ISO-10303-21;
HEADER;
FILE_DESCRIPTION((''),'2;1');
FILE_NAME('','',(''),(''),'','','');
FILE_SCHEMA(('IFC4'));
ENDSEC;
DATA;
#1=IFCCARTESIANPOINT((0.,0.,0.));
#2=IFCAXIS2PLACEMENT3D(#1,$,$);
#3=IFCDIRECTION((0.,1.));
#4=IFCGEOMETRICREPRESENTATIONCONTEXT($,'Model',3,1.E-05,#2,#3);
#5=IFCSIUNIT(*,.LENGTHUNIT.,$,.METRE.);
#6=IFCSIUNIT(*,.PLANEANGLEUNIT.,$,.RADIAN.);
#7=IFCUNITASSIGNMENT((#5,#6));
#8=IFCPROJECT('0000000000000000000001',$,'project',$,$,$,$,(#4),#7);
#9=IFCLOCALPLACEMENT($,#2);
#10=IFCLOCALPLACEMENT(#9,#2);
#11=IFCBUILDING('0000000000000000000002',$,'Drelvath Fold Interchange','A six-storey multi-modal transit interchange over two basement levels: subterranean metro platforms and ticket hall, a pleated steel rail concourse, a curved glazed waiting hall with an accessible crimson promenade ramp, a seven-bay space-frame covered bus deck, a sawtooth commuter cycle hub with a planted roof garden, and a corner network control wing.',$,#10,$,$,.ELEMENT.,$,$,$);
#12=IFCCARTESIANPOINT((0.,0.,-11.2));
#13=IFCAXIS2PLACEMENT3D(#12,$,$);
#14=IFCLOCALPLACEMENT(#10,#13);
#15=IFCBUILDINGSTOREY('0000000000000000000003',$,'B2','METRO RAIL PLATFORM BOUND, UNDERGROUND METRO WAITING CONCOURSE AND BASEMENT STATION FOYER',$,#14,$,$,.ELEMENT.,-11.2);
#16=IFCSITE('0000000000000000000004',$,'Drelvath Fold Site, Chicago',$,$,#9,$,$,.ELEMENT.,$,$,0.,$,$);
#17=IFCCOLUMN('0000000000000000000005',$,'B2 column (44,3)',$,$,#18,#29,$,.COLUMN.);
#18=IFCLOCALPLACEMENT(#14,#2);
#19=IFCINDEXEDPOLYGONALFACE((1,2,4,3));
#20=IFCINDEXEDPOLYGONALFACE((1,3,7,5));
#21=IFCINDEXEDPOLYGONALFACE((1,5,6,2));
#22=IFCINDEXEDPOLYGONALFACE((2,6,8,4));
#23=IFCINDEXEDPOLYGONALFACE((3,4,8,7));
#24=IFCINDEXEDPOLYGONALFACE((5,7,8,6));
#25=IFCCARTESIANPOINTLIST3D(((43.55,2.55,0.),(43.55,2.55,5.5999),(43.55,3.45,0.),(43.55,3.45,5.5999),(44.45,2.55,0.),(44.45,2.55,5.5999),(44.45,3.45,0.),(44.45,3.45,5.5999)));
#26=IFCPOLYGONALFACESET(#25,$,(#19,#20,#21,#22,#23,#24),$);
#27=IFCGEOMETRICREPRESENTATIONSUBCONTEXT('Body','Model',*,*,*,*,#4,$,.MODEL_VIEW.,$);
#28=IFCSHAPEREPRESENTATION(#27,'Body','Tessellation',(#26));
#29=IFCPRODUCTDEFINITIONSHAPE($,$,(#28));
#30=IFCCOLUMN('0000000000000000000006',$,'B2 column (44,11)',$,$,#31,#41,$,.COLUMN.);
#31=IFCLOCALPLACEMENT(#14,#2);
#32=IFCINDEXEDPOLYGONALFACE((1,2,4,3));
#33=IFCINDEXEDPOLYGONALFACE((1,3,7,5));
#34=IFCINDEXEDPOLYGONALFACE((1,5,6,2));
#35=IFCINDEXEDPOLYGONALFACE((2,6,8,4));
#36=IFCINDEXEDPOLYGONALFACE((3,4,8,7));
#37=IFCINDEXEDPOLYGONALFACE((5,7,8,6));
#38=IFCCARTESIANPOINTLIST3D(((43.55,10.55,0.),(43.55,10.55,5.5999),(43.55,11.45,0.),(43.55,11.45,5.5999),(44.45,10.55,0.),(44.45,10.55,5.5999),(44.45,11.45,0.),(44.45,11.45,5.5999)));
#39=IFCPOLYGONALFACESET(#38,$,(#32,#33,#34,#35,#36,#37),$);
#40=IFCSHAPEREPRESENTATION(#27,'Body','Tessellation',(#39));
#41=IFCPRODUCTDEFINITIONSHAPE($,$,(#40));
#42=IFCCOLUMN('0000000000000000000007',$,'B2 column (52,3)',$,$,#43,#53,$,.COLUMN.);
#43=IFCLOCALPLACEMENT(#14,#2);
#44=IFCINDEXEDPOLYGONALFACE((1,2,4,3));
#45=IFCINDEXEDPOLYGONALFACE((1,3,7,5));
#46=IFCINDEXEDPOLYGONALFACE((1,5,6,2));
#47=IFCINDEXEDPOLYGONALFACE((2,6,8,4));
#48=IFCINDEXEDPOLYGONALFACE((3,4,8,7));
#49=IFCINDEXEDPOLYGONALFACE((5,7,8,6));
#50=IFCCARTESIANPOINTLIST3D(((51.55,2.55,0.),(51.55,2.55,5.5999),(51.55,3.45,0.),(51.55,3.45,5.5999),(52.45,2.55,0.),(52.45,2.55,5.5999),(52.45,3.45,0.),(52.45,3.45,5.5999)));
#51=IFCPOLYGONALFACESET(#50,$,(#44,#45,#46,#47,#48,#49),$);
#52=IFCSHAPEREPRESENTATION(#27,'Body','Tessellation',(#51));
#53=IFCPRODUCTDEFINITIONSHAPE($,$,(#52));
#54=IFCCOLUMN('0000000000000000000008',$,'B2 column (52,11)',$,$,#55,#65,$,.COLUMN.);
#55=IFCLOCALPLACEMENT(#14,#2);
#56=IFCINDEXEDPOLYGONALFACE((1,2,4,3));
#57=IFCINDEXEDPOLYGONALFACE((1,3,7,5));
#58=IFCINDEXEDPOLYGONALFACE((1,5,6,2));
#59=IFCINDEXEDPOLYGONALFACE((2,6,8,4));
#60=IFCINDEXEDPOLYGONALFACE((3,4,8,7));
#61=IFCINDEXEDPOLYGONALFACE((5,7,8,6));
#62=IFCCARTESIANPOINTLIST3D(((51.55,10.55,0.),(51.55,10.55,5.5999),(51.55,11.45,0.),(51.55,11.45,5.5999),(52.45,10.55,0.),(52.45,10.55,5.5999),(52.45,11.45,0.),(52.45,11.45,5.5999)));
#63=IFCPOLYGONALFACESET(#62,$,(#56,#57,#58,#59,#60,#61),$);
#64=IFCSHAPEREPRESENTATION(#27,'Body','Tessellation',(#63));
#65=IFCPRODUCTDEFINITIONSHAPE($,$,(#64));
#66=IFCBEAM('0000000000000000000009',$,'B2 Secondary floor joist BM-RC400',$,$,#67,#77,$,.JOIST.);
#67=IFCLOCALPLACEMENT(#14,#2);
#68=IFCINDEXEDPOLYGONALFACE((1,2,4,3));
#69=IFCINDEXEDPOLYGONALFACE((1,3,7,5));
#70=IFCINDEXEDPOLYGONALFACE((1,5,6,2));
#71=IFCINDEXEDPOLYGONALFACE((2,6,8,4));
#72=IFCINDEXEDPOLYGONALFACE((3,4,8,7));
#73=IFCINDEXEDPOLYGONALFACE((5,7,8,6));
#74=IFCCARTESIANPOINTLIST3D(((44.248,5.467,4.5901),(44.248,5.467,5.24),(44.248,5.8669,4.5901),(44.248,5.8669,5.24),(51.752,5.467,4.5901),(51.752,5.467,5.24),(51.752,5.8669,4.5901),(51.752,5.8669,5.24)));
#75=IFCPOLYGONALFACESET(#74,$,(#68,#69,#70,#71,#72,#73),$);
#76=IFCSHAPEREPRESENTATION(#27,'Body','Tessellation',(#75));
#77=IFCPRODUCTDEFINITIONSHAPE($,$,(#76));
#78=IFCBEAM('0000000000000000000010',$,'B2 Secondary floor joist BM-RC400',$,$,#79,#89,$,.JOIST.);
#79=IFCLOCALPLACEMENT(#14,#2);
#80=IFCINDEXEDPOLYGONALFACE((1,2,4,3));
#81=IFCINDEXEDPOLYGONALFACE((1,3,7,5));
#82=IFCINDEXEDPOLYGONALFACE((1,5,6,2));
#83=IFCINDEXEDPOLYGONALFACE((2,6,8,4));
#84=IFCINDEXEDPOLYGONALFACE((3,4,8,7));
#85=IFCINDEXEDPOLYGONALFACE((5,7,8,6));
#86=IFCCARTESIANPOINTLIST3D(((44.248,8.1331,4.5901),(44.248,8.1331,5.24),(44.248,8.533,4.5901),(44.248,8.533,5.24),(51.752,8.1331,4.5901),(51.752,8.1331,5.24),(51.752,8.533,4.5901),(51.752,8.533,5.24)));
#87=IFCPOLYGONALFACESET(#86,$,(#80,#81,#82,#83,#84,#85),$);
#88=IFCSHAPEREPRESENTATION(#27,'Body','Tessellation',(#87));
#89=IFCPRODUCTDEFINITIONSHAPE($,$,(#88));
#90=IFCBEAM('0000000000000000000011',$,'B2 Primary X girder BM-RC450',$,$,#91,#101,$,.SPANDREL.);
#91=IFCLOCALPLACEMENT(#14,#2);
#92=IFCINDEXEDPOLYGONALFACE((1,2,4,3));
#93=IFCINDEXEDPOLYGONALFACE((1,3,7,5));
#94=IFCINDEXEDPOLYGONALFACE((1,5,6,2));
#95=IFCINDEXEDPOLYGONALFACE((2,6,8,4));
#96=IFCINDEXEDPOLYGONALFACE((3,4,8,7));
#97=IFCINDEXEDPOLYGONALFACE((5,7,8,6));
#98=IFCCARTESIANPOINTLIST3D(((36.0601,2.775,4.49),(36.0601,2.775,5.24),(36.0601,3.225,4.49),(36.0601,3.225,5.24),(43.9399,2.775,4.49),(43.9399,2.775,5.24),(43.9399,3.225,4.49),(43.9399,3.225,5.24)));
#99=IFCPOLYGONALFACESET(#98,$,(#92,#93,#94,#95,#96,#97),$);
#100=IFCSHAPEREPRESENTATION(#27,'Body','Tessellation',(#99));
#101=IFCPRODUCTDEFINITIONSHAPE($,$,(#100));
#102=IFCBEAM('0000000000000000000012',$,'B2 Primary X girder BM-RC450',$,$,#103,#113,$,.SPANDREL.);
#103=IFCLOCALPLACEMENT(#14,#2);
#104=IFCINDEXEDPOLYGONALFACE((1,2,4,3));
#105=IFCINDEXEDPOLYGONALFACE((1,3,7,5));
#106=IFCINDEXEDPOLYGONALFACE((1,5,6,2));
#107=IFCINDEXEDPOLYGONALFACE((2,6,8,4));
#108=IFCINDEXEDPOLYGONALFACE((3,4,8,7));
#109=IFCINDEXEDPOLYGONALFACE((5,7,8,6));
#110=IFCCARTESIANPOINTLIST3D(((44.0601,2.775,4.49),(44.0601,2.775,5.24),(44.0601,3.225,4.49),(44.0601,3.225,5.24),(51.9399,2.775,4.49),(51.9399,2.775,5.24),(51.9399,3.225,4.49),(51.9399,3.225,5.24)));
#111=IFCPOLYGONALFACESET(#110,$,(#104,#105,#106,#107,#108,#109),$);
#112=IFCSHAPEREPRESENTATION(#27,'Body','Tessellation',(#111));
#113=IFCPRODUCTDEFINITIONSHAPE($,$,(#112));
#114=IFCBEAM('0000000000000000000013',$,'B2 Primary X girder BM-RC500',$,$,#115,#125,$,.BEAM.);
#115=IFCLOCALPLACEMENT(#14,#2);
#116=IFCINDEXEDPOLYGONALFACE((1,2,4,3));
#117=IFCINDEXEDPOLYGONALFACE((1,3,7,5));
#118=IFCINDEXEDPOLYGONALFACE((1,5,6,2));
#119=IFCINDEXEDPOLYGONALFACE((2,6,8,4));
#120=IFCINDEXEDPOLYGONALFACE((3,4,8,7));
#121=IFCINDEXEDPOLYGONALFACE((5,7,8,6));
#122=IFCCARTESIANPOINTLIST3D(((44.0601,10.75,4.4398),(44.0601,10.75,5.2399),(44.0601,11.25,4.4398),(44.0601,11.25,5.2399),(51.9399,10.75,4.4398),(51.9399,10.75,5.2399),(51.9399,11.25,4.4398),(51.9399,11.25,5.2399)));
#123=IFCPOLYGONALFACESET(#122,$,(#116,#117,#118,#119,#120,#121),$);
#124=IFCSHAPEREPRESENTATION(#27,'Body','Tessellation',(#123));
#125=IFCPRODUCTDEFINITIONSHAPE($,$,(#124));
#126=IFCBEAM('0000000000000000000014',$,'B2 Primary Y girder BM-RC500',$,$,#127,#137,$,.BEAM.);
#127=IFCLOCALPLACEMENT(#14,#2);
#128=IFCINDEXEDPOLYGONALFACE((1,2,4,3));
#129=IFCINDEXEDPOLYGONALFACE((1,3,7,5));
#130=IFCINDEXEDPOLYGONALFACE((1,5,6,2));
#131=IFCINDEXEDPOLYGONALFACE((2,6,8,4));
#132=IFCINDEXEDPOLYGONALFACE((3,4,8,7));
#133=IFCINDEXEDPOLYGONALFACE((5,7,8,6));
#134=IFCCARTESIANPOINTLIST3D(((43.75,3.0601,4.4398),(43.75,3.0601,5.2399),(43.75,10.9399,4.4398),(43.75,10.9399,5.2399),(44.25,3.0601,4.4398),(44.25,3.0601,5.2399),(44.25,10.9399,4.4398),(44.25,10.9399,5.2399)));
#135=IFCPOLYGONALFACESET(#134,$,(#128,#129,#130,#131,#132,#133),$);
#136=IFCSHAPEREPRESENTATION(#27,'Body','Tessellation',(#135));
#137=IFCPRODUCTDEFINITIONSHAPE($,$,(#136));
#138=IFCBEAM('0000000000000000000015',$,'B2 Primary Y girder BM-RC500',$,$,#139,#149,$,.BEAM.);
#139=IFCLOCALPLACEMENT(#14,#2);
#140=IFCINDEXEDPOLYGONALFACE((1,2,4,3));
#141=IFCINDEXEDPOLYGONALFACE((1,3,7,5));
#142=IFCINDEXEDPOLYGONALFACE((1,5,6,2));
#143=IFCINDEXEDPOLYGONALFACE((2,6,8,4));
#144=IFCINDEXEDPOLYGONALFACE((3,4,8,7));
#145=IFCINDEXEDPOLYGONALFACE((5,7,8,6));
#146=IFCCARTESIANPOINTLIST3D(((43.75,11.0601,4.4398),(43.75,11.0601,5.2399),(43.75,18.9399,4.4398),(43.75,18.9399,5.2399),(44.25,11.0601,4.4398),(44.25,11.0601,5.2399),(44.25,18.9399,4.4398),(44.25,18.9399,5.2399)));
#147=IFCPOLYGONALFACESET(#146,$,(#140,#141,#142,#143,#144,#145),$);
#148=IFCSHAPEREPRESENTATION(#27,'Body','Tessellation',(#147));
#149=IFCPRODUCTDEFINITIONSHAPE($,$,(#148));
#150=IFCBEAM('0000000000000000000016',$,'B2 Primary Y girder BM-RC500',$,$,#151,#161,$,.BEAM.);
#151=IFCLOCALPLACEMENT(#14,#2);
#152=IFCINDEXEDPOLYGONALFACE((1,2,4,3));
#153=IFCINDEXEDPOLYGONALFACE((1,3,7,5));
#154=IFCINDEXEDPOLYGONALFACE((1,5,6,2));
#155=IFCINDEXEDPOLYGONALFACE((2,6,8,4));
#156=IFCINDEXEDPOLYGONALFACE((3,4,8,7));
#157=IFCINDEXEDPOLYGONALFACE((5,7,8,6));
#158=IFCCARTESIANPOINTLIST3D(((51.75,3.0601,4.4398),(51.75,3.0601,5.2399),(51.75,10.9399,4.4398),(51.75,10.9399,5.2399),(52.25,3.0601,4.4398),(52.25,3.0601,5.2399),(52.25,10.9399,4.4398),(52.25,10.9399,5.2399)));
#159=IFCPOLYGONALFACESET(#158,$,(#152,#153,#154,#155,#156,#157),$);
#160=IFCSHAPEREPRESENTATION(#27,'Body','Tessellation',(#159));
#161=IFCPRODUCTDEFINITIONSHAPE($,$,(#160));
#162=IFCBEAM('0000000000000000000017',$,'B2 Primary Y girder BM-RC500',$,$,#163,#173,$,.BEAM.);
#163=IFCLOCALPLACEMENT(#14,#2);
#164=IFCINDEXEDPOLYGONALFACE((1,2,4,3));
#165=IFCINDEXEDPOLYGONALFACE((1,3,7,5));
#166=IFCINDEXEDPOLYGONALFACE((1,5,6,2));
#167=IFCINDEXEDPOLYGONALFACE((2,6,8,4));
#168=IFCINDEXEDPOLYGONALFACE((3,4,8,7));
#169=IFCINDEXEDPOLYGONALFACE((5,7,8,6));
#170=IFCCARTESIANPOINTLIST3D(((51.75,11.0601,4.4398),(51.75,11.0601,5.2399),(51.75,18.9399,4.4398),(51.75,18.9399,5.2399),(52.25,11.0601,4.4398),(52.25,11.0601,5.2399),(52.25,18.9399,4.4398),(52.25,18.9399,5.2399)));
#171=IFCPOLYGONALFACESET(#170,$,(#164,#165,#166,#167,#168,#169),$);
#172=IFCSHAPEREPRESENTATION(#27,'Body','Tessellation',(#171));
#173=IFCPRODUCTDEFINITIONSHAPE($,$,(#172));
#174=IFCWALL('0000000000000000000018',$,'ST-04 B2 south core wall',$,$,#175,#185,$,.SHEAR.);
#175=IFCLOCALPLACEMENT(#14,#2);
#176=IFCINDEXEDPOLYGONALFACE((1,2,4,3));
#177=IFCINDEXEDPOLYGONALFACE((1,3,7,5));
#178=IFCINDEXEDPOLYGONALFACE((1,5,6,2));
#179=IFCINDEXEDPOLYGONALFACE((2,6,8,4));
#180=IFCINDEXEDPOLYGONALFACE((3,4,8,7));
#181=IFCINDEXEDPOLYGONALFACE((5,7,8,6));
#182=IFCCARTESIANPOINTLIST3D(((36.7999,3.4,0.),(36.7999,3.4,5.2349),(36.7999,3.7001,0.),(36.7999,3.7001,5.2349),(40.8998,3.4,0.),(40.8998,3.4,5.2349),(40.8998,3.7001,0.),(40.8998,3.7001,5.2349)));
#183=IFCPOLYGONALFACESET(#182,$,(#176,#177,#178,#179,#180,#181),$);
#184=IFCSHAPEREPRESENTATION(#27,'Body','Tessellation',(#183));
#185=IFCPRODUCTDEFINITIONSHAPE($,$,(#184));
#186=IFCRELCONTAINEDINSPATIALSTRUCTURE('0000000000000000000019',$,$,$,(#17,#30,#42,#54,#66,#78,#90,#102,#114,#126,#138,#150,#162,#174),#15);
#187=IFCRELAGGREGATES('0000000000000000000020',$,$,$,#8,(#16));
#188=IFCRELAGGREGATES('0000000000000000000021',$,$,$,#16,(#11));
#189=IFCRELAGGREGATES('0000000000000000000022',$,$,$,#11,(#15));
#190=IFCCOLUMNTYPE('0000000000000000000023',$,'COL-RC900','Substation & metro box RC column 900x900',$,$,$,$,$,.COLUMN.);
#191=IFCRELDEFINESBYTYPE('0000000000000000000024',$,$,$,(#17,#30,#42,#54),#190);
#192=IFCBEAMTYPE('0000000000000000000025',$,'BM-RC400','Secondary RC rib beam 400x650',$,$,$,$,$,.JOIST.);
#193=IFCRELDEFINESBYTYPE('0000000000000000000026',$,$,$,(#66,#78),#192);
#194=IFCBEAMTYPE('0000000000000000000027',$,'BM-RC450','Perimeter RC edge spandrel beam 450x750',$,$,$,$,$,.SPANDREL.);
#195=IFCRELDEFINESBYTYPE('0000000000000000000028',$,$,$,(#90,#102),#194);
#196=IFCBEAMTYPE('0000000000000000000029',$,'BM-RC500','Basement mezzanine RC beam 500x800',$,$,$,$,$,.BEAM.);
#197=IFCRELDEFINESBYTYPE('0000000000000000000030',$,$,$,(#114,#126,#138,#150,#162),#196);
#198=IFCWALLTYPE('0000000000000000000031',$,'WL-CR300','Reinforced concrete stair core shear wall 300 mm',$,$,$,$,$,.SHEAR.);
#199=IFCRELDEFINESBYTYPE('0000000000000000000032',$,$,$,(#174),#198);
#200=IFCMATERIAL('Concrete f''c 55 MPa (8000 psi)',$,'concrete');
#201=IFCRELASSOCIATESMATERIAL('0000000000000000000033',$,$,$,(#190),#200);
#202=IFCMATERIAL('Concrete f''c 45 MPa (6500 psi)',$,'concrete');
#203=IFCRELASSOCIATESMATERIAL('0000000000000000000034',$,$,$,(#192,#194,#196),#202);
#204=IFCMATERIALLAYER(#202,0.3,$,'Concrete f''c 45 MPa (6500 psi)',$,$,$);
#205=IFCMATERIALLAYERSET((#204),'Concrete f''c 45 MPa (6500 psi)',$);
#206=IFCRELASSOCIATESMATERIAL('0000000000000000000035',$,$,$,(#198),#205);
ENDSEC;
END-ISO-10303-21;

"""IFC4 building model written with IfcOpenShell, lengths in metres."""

from ifc_helpers import new_model, si_unit, direction, frame, frame_2d, origin, origin_2d, place, context, subcontext, project, spatial, rectangle, extrude, material, layer, layer_set, material_profile, profile_set, type_object, element, save


model = new_model("IFC4")

# Units and contexts
model_context = context("Model", 3, precision=1e-05, world=origin(), true_north=direction((0.0, 1.0)))
body_context = subcontext(model_context, "Body", "Model", "MODEL_VIEW")
ifc_project = project(units=[si_unit("LENGTHUNIT", "METRE"), si_unit("PLANEANGLEUNIT", "RADIAN")], contexts=[model_context])

# Site, building, storey
site_placement = place(None, origin())
site = spatial("IfcSite", under=ifc_project, at=site_placement, Name="Drelvath Fold Site, Chicago", CompositionType="ELEMENT", RefElevation=0.0)
building_placement = place(site_placement, origin())
building = spatial("IfcBuilding", under=site, at=building_placement, Name="Drelvath Fold Interchange", Description="A six-storey multi-modal transit interchange over two basement levels: subterranean metro platforms and ticket hall, a pleated steel rail concourse, a curved glazed waiting hall with an accessible crimson promenade ramp, a seven-bay space-frame covered bus deck, a sawtooth commuter cycle hub with a planted roof garden, and a corner network control wing.", CompositionType="ELEMENT")
storey_placement = place(building_placement, frame((0.0, 0.0, -11.2)))
storey = spatial("IfcBuildingStorey", under=building, at=storey_placement, Name="B2", Description="METRO RAIL PLATFORM BOUND, UNDERGROUND METRO WAITING CONCOURSE AND BASEMENT STATION FOYER", CompositionType="ELEMENT", Elevation=-11.2)

# Shared definitions
ifc_material_1 = material(Name="Concrete f'c 55 MPa (8000 psi)", Category="concrete")

# Columns
ifc_material_profile_1 = material_profile(ifc_material_1, rectangle(XDim=0.8999, YDim=0.8999, at=origin_2d()), Name="RC 900x900")
ifc_profile_set_1 = profile_set([ifc_material_profile_1], Name="Concrete f'c 55 MPa (8000 psi)")
column_type = type_object("IfcColumnType", Name="COL-RC900", Description="Substation & metro box RC column 900x900", PredefinedType="COLUMN", material=ifc_profile_set_1)
for number, where, z_axis, x_axis, name in (
    (1, (44.0, 3.0, 0.0), (0.0, 0.0, 1.0), (1.0, 0.0, 0.0), "B2 column (44,3)"),
    (2, (44.0, 11.0, 0.0), (0.0, 0.0, 1.0), (1.0, 0.0, 0.0), "B2 column (44,11)"),
    (3, (52.0, 3.0, 0.0), (0.0, 0.0, 1.0), (1.0, 0.0, 0.0), "B2 column (52,3)"),
    (4, (52.0, 11.0, 0.0), (0.0, 0.0, 1.0), (1.0, 0.0, 0.0), "B2 column (52,11)"),
):
    element("IfcColumn", number, at=place(storey_placement, frame(where, z_axis=z_axis, x_axis=x_axis)), inside=storey, type_object=column_type, Name=name, PredefinedType="COLUMN", context=body_context, shape_type="SweptSolid", body=[
        extrude(rectangle(XDim=0.8999, YDim=0.8999, at=origin_2d()), origin(), (0.0, 0.0, 1.0), 5.5999),
    ])

# Beams
ifc_material_2 = material(Name="Concrete f'c 45 MPa (6500 psi)", Category="concrete")
ifc_material_profile_2 = material_profile(ifc_material_2, rectangle(XDim=0.3999, YDim=0.6499, at=origin_2d()), Name="RC 400x650")
ifc_profile_set_2 = profile_set([ifc_material_profile_2], Name="Concrete f'c 45 MPa (6500 psi)")
beam_type_1 = type_object("IfcBeamType", Name="BM-RC400", Description="Secondary RC rib beam 400x650", PredefinedType="JOIST", material=ifc_profile_set_2)
for number, where, z_axis, x_axis, name in (
    (5, (44.248, 5.667, 4.915), (1.0, 0.0, 0.0), (0.0, 1.0, 0.0), "B2 Secondary floor joist BM-RC400"),
    (6, (44.248, 8.333, 4.915), (1.0, 0.0, 0.0), (0.0, 1.0, 0.0), "B2 Secondary floor joist BM-RC400"),
):
    element("IfcBeam", number, at=place(storey_placement, frame(where, z_axis=z_axis, x_axis=x_axis)), inside=storey, type_object=beam_type_1, Name=name, PredefinedType="JOIST", context=body_context, shape_type="SweptSolid", body=[
        extrude(rectangle(XDim=0.3999, YDim=0.6499, at=origin_2d()), origin(), (0.0, 0.0, 1.0), 7.5039),
    ])
ifc_material_profile_3 = material_profile(ifc_material_2, rectangle(XDim=0.45, YDim=0.75, at=origin_2d()), Name="RC 450x750")
ifc_profile_set_3 = profile_set([ifc_material_profile_3], Name="Concrete f'c 45 MPa (6500 psi)")
beam_type_2 = type_object("IfcBeamType", Name="BM-RC450", Description="Perimeter RC edge spandrel beam 450x750", PredefinedType="SPANDREL", material=ifc_profile_set_3)
for number, where, z_axis, x_axis, name in (
    (7, (36.0601, 3.0, 4.865), (1.0, 0.0, 0.0), (0.0, 1.0, 0.0), "B2 Primary X girder BM-RC450"),
    (8, (44.0601, 3.0, 4.865), (1.0, 0.0, 0.0), (0.0, 1.0, 0.0), "B2 Primary X girder BM-RC450"),
):
    element("IfcBeam", number, at=place(storey_placement, frame(where, z_axis=z_axis, x_axis=x_axis)), inside=storey, type_object=beam_type_2, Name=name, PredefinedType="SPANDREL", context=body_context, shape_type="SweptSolid", body=[
        extrude(rectangle(XDim=0.45, YDim=0.75, at=origin_2d()), origin(), (0.0, 0.0, 1.0), 7.8799),
    ])
ifc_material_profile_4 = material_profile(ifc_material_2, rectangle(XDim=0.5, YDim=0.8, at=origin_2d()), Name="RC 500x800")
ifc_profile_set_4 = profile_set([ifc_material_profile_4], Name="Concrete f'c 45 MPa (6500 psi)")
beam_type_3 = type_object("IfcBeamType", Name="BM-RC500", Description="Basement mezzanine RC beam 500x800", PredefinedType="BEAM", material=ifc_profile_set_4)
for number, where, z_axis, x_axis, name in (
    (9, (44.0601, 11.0, 4.8398), (1.0, 0.0, 0.0), (0.0, 1.0, 0.0), "B2 Primary X girder BM-RC500"),
    (10, (44.0, 3.0601, 4.8398), (0.0, 1.0, 0.0), (-1.0, 0.0, 0.0), "B2 Primary Y girder BM-RC500"),
    (11, (44.0, 11.0601, 4.8398), (0.0, 1.0, 0.0), (-1.0, 0.0, 0.0), "B2 Primary Y girder BM-RC500"),
    (12, (52.0, 3.0601, 4.8398), (0.0, 1.0, 0.0), (-1.0, 0.0, 0.0), "B2 Primary Y girder BM-RC500"),
    (13, (52.0, 11.0601, 4.8398), (0.0, 1.0, 0.0), (-1.0, 0.0, 0.0), "B2 Primary Y girder BM-RC500"),
):
    element("IfcBeam", number, at=place(storey_placement, frame(where, z_axis=z_axis, x_axis=x_axis)), inside=storey, type_object=beam_type_3, Name=name, PredefinedType="BEAM", context=body_context, shape_type="SweptSolid", body=[
        extrude(rectangle(XDim=0.5, YDim=0.8, at=origin_2d()), origin(), (0.0, 0.0, 1.0), 7.8799),
    ])

# Wall
ifc_layer_1 = layer(ifc_material_2, 0.3, Name="Concrete f'c 45 MPa (6500 psi)")
ifc_layer_set_1 = layer_set([ifc_layer_1], Name="Concrete f'c 45 MPa (6500 psi)")
wall_type_1 = type_object("IfcWallType", Name="WL-CR300", Description="Reinforced concrete stair core shear wall 300 mm", PredefinedType="SHEAR", material=ifc_layer_set_1)
wall_1_placement = place(storey_placement, frame((36.8, 3.55, 0.0), z_axis=(0.0, 0.0, 1.0), x_axis=(1.0, 0.0, 0.0)))
element("IfcWall", 14, at=wall_1_placement, inside=storey, type_object=wall_type_1, Name="ST-04 B2 south core wall", PredefinedType="SHEAR", context=body_context, shape_type="SweptSolid", body=[
    extrude(rectangle(XDim=4.0999, YDim=0.3, at=frame_2d((2.0498, 0.0))), origin(), (0.0, 0.0, 1.0), 5.2349),
])

save(model, "model.ifc")
